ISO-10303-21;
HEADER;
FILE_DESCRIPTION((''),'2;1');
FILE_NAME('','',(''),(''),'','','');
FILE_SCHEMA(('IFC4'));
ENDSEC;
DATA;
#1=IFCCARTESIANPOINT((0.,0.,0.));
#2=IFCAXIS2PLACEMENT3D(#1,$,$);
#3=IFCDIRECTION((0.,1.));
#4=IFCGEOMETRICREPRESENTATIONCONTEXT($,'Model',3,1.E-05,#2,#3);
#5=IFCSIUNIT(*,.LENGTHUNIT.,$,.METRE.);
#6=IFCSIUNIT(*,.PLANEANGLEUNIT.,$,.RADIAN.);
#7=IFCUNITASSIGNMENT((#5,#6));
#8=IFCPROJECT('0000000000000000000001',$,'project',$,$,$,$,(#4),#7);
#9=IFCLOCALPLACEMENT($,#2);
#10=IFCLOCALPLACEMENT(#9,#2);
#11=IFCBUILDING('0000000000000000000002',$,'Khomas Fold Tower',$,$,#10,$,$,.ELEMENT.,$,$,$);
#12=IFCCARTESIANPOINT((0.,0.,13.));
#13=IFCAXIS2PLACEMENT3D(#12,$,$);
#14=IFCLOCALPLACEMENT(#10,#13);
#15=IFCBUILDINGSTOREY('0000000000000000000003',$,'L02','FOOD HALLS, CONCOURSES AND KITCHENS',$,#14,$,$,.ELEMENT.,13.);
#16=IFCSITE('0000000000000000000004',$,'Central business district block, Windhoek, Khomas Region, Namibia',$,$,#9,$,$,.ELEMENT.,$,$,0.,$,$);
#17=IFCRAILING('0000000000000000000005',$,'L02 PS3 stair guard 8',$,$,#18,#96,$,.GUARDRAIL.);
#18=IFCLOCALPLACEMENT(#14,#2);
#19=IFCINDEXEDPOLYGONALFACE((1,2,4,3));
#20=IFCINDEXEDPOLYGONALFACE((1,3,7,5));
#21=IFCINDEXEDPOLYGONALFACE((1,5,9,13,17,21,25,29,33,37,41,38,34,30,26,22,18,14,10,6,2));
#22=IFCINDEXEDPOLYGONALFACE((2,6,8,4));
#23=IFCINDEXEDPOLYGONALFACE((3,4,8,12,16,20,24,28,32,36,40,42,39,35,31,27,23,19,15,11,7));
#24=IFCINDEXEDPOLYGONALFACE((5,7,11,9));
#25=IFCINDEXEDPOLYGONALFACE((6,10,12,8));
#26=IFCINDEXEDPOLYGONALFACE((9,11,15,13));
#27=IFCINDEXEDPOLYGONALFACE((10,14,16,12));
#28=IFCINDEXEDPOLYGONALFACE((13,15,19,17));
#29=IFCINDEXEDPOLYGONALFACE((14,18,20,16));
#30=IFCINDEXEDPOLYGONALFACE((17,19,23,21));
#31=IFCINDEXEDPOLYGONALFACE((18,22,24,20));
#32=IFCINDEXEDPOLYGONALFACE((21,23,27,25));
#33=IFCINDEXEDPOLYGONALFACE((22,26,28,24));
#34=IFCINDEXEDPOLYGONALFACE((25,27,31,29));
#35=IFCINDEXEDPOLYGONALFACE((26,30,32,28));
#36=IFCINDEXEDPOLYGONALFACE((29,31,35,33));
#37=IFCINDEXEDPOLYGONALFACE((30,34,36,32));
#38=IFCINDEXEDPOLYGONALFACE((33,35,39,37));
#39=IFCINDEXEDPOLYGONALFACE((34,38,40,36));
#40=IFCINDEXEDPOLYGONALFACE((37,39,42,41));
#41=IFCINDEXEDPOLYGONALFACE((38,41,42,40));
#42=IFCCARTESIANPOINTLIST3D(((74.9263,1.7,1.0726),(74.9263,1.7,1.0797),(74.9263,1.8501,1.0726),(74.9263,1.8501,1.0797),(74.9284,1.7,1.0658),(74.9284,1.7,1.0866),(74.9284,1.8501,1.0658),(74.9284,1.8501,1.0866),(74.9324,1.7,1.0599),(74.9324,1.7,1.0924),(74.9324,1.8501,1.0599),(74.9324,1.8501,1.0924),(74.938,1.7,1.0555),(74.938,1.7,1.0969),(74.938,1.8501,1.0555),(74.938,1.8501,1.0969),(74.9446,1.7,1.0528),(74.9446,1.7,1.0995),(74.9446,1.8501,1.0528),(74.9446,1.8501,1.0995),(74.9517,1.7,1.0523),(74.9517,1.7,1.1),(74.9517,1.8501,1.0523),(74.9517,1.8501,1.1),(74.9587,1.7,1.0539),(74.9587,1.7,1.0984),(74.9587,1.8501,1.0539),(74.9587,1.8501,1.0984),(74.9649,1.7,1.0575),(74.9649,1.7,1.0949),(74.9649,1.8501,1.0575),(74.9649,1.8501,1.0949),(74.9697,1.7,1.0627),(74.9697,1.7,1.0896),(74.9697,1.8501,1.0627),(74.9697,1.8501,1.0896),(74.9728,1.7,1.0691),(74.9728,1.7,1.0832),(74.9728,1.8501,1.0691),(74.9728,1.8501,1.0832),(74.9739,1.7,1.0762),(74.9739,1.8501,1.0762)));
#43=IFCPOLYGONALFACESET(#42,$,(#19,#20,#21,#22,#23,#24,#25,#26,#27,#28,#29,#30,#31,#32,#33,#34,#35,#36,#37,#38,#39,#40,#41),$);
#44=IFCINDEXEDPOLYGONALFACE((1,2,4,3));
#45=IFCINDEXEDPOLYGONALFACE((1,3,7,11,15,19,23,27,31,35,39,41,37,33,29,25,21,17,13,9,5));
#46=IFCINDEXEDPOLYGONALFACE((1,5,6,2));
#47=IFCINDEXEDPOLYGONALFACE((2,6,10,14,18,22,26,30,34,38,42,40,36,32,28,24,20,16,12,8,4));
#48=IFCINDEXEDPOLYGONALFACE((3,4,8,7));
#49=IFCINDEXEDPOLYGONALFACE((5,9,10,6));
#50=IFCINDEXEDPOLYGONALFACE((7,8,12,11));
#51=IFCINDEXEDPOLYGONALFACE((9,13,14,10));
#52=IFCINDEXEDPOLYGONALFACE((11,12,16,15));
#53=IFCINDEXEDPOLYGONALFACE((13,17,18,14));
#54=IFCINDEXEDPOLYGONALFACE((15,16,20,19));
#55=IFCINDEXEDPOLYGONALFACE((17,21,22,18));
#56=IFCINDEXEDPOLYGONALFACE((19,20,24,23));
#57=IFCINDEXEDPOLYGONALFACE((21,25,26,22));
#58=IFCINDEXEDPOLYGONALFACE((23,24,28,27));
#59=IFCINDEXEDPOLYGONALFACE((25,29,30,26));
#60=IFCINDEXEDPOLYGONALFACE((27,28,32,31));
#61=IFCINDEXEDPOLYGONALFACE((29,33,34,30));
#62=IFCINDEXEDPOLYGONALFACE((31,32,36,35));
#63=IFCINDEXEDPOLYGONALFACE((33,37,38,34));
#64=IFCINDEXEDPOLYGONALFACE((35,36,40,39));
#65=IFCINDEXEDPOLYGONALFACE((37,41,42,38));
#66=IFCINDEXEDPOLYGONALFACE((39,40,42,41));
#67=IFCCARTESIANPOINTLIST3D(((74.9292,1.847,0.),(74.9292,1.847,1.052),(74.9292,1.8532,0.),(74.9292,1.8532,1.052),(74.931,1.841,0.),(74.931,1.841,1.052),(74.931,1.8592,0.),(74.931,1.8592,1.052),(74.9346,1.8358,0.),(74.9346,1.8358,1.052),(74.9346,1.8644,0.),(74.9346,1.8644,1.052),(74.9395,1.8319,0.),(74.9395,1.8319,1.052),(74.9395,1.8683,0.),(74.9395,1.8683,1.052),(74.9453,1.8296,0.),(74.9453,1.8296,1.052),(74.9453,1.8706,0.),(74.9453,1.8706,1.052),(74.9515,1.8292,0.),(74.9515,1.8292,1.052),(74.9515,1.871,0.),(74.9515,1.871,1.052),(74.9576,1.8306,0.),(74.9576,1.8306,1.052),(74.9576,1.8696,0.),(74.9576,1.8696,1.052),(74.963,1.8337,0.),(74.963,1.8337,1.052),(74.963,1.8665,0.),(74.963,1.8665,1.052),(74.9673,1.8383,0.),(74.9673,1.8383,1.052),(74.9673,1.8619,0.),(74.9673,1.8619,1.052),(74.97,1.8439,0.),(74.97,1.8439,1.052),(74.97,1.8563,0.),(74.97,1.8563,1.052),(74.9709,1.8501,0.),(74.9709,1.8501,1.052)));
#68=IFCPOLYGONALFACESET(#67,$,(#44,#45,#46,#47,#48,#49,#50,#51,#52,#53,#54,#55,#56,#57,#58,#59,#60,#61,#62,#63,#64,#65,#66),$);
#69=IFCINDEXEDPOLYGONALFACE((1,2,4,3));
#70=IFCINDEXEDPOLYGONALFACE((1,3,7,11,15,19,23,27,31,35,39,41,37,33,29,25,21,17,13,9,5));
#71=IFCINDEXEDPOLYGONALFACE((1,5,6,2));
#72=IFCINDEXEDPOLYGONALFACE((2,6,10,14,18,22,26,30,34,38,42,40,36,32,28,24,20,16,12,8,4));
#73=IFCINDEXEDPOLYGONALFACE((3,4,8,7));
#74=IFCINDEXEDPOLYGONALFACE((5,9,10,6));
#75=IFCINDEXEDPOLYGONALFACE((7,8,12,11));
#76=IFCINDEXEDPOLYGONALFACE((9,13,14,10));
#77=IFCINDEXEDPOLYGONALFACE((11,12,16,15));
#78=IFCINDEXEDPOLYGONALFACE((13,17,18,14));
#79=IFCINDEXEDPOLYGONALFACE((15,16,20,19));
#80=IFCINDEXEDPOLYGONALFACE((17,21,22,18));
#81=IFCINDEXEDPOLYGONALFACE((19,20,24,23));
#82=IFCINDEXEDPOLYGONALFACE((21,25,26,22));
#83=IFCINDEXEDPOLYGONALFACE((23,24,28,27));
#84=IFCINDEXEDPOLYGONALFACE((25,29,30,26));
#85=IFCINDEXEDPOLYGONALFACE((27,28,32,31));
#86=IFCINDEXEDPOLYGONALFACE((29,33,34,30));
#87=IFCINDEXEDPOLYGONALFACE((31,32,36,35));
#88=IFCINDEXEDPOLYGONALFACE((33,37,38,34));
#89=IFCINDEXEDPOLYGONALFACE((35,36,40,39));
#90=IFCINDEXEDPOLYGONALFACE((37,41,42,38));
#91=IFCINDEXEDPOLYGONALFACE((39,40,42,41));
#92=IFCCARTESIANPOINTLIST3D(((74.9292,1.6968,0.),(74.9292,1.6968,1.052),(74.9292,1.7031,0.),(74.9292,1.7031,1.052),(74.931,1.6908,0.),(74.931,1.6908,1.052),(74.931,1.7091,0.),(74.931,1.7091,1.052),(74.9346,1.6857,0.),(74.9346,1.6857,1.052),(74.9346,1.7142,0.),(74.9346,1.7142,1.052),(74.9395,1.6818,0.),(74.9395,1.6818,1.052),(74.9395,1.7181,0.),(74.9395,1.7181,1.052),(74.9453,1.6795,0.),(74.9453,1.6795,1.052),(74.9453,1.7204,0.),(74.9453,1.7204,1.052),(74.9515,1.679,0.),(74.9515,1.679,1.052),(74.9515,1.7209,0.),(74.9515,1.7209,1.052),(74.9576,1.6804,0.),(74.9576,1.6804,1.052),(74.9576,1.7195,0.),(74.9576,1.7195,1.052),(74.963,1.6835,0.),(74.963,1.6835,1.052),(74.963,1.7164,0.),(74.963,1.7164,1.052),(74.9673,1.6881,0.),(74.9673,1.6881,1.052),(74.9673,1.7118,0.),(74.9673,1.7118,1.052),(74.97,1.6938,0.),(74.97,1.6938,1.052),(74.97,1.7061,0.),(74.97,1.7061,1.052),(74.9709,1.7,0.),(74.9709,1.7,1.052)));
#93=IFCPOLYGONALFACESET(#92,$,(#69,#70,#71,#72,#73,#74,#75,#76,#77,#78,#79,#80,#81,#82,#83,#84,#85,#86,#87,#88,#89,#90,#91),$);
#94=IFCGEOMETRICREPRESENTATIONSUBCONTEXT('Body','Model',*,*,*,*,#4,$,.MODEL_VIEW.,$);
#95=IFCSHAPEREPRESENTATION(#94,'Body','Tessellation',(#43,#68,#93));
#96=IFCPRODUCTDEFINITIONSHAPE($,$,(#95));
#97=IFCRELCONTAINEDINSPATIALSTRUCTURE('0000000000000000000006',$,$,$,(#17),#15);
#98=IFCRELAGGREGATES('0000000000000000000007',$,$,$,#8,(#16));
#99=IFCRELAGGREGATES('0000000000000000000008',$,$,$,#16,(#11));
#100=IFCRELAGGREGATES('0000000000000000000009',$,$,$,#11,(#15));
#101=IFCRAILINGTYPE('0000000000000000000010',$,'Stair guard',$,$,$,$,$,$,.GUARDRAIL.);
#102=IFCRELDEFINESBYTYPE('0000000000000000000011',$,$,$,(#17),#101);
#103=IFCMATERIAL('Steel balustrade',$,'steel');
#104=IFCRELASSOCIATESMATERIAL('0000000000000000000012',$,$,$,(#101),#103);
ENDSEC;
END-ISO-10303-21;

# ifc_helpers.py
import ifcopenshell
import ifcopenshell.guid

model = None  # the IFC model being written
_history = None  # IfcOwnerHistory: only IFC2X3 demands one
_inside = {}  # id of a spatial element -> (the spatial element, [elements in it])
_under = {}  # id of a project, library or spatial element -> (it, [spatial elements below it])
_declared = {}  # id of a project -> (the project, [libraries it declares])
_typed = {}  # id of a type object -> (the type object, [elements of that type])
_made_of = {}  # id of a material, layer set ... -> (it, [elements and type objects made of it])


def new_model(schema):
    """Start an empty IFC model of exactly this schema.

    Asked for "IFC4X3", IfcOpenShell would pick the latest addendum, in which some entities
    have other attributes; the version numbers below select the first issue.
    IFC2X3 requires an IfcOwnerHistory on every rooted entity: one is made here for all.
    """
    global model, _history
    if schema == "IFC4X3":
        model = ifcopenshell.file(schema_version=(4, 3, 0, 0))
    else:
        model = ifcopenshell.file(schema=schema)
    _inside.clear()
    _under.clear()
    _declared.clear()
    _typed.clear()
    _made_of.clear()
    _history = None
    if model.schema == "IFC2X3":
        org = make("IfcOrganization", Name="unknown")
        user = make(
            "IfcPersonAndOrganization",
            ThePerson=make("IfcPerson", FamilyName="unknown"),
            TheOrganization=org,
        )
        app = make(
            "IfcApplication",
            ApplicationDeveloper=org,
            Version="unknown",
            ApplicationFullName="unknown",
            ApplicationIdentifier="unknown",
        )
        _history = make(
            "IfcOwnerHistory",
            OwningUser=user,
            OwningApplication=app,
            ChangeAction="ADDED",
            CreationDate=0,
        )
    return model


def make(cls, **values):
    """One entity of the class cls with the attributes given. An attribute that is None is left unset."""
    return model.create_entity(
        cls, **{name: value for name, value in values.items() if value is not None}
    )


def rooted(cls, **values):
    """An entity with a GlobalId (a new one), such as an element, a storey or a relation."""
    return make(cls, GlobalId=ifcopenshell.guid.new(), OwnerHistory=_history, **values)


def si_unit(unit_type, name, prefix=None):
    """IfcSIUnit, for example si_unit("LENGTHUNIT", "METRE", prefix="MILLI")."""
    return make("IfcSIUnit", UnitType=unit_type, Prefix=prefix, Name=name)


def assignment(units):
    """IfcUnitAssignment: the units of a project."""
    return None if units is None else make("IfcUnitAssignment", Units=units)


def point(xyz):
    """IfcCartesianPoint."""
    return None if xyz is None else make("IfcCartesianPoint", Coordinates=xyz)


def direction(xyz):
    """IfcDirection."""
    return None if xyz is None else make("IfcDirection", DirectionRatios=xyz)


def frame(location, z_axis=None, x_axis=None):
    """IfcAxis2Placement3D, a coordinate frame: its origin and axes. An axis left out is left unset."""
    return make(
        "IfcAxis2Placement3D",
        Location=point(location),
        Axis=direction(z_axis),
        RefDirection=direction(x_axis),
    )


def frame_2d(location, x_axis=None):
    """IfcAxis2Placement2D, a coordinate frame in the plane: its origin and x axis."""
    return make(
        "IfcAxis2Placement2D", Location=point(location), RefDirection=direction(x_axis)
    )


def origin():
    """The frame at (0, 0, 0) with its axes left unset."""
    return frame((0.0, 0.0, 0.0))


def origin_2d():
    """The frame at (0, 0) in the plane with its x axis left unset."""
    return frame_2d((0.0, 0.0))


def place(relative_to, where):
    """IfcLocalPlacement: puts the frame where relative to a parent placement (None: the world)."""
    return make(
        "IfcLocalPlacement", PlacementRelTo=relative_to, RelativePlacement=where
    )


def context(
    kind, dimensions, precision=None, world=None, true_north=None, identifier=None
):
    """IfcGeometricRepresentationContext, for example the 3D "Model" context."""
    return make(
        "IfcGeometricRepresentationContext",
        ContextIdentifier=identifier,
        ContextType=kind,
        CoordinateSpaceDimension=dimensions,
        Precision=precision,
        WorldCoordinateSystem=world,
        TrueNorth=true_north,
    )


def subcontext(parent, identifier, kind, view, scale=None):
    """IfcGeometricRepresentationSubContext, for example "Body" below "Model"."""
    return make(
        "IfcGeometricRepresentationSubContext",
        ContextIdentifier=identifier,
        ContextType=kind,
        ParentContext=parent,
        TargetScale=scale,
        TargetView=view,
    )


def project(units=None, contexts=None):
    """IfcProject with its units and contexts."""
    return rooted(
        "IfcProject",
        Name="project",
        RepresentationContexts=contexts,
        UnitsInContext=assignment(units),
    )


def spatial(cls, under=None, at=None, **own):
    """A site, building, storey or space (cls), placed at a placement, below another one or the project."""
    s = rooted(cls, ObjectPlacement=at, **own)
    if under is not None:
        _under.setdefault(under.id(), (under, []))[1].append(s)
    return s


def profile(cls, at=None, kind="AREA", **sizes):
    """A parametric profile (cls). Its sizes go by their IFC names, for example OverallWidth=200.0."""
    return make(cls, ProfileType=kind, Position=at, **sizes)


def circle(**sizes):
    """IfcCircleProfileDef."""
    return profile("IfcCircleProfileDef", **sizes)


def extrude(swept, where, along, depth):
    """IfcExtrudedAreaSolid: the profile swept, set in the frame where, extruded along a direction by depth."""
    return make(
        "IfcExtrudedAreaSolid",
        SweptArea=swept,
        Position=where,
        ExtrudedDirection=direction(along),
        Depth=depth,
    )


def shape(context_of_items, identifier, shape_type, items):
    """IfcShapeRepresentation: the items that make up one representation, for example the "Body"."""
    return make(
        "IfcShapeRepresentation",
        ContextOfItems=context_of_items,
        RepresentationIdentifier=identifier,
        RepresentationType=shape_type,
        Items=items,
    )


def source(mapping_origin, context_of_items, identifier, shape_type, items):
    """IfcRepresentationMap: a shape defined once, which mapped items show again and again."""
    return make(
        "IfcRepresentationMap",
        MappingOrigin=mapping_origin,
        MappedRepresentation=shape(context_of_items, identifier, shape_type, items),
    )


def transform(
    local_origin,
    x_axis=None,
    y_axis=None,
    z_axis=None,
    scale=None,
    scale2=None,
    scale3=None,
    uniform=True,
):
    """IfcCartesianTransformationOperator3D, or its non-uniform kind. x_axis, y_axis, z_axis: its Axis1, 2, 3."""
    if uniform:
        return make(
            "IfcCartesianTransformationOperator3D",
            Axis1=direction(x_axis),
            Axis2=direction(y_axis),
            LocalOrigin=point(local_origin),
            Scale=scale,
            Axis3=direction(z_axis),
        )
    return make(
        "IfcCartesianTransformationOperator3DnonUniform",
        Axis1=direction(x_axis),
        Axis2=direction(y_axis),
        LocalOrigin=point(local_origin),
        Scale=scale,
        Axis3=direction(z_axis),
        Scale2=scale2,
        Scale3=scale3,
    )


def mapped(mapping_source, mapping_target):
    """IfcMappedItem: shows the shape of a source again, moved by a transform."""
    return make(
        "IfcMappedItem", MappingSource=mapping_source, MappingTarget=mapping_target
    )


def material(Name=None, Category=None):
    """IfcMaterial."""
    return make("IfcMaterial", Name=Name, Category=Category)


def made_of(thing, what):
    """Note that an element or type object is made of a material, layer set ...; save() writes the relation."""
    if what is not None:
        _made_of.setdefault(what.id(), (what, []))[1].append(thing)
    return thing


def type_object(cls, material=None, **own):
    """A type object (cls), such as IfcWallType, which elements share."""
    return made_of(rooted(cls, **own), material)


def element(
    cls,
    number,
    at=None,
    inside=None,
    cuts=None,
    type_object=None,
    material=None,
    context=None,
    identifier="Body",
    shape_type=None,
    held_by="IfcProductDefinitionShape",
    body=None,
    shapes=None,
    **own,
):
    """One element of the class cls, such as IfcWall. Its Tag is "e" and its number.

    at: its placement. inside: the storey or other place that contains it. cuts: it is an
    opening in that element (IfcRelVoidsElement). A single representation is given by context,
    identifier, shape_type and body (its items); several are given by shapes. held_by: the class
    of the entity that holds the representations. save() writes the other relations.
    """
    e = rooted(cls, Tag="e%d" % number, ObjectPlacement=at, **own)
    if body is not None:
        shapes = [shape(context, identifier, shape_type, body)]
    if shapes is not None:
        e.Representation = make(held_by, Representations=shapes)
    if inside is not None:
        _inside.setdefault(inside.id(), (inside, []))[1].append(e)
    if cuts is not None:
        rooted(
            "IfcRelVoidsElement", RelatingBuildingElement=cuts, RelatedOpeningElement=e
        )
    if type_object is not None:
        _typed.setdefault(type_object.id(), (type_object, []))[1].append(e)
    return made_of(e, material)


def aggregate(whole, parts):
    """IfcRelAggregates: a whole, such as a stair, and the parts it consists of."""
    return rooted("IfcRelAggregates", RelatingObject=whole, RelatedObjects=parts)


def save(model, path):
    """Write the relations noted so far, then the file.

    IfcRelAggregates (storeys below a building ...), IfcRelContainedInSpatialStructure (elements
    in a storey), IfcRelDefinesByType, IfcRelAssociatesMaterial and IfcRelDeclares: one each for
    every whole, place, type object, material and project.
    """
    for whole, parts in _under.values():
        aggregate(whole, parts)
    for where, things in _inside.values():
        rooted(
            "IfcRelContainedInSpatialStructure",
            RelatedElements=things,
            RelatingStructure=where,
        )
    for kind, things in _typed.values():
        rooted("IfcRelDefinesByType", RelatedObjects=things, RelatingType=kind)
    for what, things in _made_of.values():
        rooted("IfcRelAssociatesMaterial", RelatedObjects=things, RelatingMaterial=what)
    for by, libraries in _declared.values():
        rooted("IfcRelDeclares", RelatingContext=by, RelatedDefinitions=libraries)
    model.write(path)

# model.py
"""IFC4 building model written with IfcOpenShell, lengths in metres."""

from ifc_helpers import new_model, si_unit, direction, frame, origin, origin_2d, place, context, subcontext, project, spatial, circle, extrude, source, transform, mapped, material, type_object, element, save


model = new_model("IFC4")

# Units and contexts
model_context = context("Model", 3, precision=1e-05, world=origin(), true_north=direction((0.0, 1.0)))
body_context = subcontext(model_context, "Body", "Model", "MODEL_VIEW")
ifc_project = project(units=[si_unit("LENGTHUNIT", "METRE"), si_unit("PLANEANGLEUNIT", "RADIAN")], contexts=[model_context])

# Site, building, storey
site_placement = place(None, origin())
site = spatial("IfcSite", under=ifc_project, at=site_placement, Name="Central business district block, Windhoek, Khomas Region, Namibia", CompositionType="ELEMENT", RefElevation=0.0)
building_placement = place(site_placement, origin())
building = spatial("IfcBuilding", under=site, at=building_placement, Name="Khomas Fold Tower", CompositionType="ELEMENT")
storey_placement = place(building_placement, frame((0.0, 0.0, 13.0)))
storey = spatial("IfcBuildingStorey", under=building, at=storey_placement, Name="L02", Description="FOOD HALLS, CONCOURSES AND KITCHENS", CompositionType="ELEMENT", Elevation=13.0)

# Railing
ifc_material_1 = material(Name="Steel balustrade", Category="steel")
railing_type_1 = type_object("IfcRailingType", Name="Stair guard", PredefinedType="GUARDRAIL", material=ifc_material_1)
shared_shape_1 = source(origin(), body_context, "Body", "SweptSolid", [
    extrude(circle(Radius=0.0239, at=origin_2d()), frame((0.0, 0.0, 1.0762), z_axis=(0.0, -1.0, 0.0), x_axis=(1.0, 0.0, 0.0)), (0.0, 0.0, 1.0), 0.1501),
    extrude(circle(Radius=0.021, at=origin_2d()), origin(), (0.0, 0.0, 1.0), 1.052),
    extrude(circle(Radius=0.021, at=origin_2d()), frame((0.0, -0.1501, 0.0)), (0.0, 0.0, 1.0), 1.052),
])
for number, where, name in (
    (1, (74.95, 1.8501, 0.0), "L02 PS3 stair guard 8"),
):
    element("IfcRailing", number, at=place(storey_placement, frame(where)), inside=storey, type_object=railing_type_1, Name=name, PredefinedType="GUARDRAIL", context=body_context, shape_type="MappedRepresentation", body=[
        mapped(shared_shape_1, transform((0.0, 0.0, 0.0))),
    ])

save(model, "model.ifc")
